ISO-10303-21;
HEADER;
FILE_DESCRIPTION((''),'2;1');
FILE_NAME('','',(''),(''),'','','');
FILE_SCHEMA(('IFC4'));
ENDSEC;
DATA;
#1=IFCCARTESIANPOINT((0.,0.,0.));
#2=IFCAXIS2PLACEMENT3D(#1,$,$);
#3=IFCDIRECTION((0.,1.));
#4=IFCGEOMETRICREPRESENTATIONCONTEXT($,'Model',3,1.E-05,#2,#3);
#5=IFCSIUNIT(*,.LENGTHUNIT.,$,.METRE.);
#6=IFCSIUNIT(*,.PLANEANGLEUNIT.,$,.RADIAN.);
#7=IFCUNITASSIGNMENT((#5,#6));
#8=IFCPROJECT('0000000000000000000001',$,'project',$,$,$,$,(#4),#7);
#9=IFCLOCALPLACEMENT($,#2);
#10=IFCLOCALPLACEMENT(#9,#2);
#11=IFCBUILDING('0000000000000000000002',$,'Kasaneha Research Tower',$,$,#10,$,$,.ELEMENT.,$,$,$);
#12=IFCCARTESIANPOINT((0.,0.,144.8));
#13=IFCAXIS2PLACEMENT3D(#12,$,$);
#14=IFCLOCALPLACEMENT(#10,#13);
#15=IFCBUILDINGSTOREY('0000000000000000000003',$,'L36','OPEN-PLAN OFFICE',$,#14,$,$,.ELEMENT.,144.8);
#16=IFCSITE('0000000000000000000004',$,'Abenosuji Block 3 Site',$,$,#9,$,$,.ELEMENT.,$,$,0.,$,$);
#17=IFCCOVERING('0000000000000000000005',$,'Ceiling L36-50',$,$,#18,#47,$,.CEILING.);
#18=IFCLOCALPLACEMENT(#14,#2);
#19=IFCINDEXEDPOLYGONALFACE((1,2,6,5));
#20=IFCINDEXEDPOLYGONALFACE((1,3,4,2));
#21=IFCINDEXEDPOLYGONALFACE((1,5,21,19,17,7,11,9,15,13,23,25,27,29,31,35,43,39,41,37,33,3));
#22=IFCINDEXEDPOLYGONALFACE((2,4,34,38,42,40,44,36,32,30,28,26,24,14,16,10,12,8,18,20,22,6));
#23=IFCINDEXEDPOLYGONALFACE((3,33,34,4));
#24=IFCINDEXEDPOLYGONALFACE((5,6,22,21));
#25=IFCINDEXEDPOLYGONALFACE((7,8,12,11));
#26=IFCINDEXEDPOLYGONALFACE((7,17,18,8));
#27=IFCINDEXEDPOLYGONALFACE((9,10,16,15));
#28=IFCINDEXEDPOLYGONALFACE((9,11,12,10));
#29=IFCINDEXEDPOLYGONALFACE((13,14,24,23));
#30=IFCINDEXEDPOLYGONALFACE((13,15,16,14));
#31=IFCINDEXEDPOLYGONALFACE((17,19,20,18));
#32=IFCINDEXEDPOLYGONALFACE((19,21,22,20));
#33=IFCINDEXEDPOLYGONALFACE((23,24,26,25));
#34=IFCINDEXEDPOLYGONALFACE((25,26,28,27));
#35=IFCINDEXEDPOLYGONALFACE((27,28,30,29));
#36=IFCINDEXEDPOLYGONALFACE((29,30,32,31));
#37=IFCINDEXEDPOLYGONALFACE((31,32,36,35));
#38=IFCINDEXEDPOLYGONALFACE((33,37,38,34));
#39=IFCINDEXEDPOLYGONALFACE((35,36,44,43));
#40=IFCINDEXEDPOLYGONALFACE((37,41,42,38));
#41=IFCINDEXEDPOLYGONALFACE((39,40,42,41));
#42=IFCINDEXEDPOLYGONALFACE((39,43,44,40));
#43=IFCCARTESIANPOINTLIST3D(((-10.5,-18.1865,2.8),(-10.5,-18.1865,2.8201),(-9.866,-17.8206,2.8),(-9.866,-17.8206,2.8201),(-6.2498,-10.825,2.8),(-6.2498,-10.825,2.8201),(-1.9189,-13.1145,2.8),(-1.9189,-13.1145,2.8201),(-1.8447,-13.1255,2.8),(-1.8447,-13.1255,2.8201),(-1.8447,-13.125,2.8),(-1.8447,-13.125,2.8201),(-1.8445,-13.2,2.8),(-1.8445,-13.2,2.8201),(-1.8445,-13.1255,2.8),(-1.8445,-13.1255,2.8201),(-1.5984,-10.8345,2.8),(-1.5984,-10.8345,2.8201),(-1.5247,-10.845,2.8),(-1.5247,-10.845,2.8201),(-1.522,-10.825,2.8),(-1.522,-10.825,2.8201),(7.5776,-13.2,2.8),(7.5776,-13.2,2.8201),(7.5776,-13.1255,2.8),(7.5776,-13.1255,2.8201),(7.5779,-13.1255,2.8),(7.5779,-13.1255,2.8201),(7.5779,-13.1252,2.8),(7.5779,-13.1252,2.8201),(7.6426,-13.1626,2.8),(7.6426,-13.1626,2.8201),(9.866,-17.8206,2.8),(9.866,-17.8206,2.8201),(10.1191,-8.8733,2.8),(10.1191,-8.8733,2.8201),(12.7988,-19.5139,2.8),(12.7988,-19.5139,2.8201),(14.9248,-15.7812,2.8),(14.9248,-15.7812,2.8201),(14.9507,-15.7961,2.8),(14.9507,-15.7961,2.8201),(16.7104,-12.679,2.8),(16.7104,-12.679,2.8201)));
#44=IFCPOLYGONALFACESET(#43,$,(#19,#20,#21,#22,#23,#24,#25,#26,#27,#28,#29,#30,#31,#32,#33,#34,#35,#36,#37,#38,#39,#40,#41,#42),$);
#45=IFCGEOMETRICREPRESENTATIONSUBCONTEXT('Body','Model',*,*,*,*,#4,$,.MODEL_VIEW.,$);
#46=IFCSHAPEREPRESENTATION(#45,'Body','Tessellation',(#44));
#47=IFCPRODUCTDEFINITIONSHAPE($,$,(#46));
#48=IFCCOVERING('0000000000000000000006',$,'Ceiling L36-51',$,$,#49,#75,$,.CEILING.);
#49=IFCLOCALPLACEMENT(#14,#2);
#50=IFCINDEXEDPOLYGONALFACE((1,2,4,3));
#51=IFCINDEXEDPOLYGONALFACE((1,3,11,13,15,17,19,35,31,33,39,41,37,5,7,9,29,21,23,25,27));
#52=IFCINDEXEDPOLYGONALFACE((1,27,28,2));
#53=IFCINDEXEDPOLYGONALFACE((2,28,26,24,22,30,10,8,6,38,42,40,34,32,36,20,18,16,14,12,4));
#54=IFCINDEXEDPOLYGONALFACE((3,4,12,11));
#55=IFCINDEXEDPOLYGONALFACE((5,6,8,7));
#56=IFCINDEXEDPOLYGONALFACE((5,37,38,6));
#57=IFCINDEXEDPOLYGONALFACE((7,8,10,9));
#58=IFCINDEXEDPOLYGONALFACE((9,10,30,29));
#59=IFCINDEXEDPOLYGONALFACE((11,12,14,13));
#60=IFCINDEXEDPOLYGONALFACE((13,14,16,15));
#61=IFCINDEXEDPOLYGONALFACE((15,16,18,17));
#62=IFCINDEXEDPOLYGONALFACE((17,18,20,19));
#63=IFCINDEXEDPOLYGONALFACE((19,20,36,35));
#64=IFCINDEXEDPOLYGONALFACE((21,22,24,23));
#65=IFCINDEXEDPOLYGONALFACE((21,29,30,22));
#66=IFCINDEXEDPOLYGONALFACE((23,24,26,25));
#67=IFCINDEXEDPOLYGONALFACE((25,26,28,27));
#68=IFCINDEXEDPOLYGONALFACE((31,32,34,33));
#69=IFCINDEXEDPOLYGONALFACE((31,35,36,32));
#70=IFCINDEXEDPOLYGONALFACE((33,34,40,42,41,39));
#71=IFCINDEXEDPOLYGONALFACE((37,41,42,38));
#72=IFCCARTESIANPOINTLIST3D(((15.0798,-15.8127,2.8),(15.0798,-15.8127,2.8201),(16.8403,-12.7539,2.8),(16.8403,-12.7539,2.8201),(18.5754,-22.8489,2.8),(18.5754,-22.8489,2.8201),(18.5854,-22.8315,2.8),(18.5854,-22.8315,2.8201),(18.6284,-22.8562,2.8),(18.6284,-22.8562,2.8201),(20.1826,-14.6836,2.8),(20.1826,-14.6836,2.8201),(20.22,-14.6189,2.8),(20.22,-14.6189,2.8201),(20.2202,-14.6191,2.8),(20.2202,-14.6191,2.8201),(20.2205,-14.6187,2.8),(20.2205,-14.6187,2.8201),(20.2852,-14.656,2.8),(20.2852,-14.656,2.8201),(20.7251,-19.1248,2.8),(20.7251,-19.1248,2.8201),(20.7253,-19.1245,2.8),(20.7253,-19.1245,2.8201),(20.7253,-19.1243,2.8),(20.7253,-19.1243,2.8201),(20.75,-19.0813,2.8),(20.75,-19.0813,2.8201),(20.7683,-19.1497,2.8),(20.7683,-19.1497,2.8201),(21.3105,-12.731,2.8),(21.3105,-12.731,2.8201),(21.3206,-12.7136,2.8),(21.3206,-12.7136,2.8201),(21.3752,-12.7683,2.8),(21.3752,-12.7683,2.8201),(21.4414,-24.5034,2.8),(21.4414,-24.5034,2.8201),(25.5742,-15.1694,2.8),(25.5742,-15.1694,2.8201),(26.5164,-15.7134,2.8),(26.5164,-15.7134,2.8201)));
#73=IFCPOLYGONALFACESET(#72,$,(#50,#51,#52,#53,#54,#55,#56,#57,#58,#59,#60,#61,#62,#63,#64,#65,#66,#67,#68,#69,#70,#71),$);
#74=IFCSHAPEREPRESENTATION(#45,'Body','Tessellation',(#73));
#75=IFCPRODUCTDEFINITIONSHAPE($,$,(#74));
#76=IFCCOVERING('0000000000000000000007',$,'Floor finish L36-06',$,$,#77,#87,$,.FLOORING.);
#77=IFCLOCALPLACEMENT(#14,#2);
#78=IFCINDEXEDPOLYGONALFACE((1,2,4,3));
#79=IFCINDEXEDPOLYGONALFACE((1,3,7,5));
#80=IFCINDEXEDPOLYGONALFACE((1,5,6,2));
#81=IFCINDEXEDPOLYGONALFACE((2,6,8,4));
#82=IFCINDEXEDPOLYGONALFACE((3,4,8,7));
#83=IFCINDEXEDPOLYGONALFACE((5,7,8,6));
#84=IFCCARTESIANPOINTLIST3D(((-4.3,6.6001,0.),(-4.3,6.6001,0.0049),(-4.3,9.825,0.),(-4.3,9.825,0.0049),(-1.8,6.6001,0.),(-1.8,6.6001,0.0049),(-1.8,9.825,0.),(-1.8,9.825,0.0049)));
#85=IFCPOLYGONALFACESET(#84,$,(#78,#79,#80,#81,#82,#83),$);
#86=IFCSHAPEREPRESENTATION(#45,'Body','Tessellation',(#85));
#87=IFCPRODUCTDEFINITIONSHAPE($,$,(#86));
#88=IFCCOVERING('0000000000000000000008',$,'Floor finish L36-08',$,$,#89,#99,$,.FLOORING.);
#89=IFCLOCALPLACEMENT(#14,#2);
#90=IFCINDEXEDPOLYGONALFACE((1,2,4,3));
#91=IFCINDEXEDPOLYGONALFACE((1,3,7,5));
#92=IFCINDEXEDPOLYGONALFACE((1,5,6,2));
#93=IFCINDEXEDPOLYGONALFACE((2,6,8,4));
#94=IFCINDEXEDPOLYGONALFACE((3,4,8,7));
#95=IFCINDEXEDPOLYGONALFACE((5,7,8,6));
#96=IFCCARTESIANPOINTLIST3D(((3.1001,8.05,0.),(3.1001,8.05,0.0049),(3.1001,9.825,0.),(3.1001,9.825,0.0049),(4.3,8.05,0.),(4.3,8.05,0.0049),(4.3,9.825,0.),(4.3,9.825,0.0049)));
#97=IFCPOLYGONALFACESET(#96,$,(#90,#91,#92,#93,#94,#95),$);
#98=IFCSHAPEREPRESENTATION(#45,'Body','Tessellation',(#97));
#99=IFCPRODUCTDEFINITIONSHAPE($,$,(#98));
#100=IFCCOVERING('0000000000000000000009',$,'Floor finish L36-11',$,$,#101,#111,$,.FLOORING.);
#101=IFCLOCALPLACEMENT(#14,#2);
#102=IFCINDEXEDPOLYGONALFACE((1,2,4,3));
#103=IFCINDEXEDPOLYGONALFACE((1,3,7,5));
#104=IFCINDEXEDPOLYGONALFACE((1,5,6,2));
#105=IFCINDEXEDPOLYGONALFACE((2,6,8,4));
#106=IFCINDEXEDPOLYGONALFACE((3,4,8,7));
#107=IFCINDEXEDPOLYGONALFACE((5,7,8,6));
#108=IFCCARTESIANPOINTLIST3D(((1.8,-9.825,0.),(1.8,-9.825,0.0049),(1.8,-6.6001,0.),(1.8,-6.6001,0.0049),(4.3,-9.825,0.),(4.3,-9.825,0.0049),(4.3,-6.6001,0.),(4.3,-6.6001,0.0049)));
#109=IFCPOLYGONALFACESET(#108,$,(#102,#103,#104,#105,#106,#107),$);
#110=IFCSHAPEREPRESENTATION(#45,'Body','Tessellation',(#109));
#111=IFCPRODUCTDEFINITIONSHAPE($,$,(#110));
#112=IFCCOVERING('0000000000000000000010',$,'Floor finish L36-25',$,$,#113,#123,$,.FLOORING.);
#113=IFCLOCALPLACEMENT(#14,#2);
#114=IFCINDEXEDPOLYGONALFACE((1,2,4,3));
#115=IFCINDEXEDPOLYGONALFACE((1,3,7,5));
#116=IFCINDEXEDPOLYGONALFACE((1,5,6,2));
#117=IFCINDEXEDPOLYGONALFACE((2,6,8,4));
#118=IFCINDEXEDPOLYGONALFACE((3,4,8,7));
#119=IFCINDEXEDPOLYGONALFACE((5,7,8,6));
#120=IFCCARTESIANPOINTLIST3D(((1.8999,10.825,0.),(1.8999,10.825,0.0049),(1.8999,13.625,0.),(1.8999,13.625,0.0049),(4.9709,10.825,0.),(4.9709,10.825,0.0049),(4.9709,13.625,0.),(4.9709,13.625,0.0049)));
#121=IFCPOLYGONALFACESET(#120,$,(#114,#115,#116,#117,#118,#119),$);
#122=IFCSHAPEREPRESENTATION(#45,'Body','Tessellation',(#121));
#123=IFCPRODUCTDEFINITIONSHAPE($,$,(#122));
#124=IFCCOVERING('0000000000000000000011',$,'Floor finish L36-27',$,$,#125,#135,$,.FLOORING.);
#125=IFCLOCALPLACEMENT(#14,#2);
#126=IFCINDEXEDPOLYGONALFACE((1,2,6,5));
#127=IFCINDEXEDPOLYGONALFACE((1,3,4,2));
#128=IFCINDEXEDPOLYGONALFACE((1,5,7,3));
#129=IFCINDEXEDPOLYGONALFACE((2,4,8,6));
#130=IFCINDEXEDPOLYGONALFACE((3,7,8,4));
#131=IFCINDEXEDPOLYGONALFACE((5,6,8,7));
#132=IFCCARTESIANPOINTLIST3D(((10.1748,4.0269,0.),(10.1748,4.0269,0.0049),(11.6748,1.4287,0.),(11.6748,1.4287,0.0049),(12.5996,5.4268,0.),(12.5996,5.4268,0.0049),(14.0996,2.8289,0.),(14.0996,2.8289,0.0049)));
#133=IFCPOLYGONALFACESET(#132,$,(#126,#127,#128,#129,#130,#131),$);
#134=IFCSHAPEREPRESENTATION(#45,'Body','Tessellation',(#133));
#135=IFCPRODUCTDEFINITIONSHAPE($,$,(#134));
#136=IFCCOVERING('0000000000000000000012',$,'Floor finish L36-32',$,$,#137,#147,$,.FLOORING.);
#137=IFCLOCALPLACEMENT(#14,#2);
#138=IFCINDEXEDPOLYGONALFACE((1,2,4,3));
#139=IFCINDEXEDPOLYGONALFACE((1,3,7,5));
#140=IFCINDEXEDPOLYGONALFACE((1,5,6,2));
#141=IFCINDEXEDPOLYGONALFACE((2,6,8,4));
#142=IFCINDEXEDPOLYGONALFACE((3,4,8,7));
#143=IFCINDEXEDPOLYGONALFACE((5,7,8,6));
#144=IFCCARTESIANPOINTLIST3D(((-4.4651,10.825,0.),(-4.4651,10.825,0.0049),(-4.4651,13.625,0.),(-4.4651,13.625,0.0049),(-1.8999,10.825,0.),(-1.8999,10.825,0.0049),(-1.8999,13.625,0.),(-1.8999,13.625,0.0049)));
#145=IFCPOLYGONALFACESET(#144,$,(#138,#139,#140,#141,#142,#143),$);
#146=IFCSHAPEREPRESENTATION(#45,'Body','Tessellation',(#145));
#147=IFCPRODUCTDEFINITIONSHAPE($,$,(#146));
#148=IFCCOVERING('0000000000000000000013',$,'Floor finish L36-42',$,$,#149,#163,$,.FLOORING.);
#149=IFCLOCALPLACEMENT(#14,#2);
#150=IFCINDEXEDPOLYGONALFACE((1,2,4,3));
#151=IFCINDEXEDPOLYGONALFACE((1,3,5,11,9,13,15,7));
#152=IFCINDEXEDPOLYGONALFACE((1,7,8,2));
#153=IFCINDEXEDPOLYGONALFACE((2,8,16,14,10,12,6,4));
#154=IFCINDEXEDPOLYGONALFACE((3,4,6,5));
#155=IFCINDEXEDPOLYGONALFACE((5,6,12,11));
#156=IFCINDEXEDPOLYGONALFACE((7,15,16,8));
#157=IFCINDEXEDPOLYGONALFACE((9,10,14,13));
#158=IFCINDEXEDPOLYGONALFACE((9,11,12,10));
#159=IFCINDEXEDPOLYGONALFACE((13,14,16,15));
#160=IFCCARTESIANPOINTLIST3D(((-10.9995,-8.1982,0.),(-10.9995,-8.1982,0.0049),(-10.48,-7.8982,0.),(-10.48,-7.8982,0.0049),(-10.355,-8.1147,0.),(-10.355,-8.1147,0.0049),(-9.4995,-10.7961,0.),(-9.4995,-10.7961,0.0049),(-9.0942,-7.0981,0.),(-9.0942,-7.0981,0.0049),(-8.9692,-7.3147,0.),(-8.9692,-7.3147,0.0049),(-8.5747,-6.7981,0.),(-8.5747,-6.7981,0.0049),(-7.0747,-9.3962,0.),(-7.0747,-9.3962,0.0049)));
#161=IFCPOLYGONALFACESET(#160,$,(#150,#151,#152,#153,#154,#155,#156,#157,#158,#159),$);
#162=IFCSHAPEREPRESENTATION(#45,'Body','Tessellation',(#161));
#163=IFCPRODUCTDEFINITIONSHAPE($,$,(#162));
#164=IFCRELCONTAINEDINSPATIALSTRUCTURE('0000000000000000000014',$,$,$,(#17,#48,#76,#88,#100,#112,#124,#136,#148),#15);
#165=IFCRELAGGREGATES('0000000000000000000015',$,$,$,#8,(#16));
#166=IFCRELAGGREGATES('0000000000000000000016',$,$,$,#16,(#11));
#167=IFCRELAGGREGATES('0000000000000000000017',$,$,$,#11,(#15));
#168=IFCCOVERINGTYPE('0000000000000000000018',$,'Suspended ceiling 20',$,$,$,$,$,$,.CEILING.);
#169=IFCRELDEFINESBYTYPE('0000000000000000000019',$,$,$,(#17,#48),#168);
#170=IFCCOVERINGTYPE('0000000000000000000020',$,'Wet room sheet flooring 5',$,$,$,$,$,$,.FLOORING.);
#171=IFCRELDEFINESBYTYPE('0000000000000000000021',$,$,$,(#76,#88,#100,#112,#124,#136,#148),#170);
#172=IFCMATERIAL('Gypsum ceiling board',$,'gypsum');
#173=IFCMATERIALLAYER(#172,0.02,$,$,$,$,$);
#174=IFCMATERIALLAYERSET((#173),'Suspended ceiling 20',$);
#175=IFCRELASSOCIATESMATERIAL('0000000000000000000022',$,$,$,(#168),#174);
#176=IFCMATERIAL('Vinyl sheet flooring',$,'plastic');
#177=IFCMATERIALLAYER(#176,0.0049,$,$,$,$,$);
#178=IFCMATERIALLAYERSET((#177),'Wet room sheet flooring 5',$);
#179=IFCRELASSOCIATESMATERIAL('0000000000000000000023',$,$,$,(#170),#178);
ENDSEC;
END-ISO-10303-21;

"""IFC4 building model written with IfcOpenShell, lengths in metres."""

from ifc_helpers import new_model, si_unit, direction, frame, origin, place, context, subcontext, project, spatial, polyline, outline, extrude, material, layer, layer_set, type_object, element, save


model = new_model("IFC4")

# Units and contexts
model_context = context("Model", 3, precision=1e-05, world=origin(), true_north=direction((0.0, 1.0)))
body_context = subcontext(model_context, "Body", "Model", "MODEL_VIEW")
ifc_project = project(units=[si_unit("LENGTHUNIT", "METRE"), si_unit("PLANEANGLEUNIT", "RADIAN")], contexts=[model_context])

# Site, building, storey
site_placement = place(None, origin())
site = spatial("IfcSite", under=ifc_project, at=site_placement, Name="Abenosuji Block 3 Site", CompositionType="ELEMENT", RefElevation=0.0)
building_placement = place(site_placement, origin())
building = spatial("IfcBuilding", under=site, at=building_placement, Name="Kasaneha Research Tower", CompositionType="ELEMENT")
storey_placement = place(building_placement, frame((0.0, 0.0, 144.8)))
storey = spatial("IfcBuildingStorey", under=building, at=storey_placement, Name="L36", Description="OPEN-PLAN OFFICE", CompositionType="ELEMENT", Elevation=144.8)

# Coverings
ifc_material_1 = material(Name="Gypsum ceiling board", Category="gypsum")
ifc_layer_1 = layer(ifc_material_1, 0.02)
ifc_layer_set_1 = layer_set([ifc_layer_1], Name="Suspended ceiling 20")
covering_type_1 = type_object("IfcCoveringType", Name="Suspended ceiling 20", PredefinedType="CEILING", material=ifc_layer_set_1)
covering_1_placement = place(storey_placement, frame((0.0, 0.0, 2.8)))
element("IfcCovering", 1, at=covering_1_placement, inside=storey, type_object=covering_type_1, Name="Ceiling L36-50", PredefinedType="CEILING", context=body_context, shape_type="SweptSolid", body=[
    extrude(outline(polyline([(-6.2498, -10.825), (-1.522, -10.825), (-1.5247, -10.845), (-1.5984, -10.8345), (-1.9189, -13.1145), (-1.8447, -13.125), (-1.8447, -13.1255), (-1.8445, -13.1255), (-1.8445, -13.2), (7.5776, -13.2), (7.5776, -13.1255), (7.5779, -13.1255), (7.5779, -13.1252), (7.6426, -13.1626), (10.1191, -8.8733), (16.7104, -12.679), (14.9248, -15.7812), (14.9507, -15.7961), (12.7988, -19.5139), (9.866, -17.8206), (-9.866, -17.8206), (-10.5, -18.1865), (-6.2498, -10.825)])), origin(), (0.0, 0.0, 1.0), 0.02),
])
covering_2_placement = place(storey_placement, frame((0.0, 0.0, 2.8)))
element("IfcCovering", 2, at=covering_2_placement, inside=storey, type_object=covering_type_1, Name="Ceiling L36-51", PredefinedType="CEILING", context=body_context, shape_type="SweptSolid", body=[
    extrude(outline(polyline([(20.2205, -14.6187), (20.2852, -14.656), (21.3752, -12.7683), (21.3105, -12.731), (21.3206, -12.7136), (25.5742, -15.1694), (26.5164, -15.7134), (21.4414, -24.5034), (18.5754, -22.8489), (18.5854, -22.8315), (18.6284, -22.8562), (20.7683, -19.1497), (20.7251, -19.1248), (20.7253, -19.1245), (20.7253, -19.1243), (20.75, -19.0813), (15.0798, -15.8127), (16.8403, -12.7539), (20.1826, -14.6836), (20.22, -14.6189), (20.2202, -14.6191), (20.2205, -14.6187)])), origin(), (0.0, 0.0, 1.0), 0.02),
])
ifc_material_2 = material(Name="Vinyl sheet flooring", Category="plastic")
ifc_layer_2 = layer(ifc_material_2, 0.0049)
ifc_layer_set_2 = layer_set([ifc_layer_2], Name="Wet room sheet flooring 5")
covering_type_2 = type_object("IfcCoveringType", Name="Wet room sheet flooring 5", PredefinedType="FLOORING", material=ifc_layer_set_2)
covering_3_placement = place(storey_placement, origin())
element("IfcCovering", 3, at=covering_3_placement, inside=storey, type_object=covering_type_2, Name="Floor finish L36-06", PredefinedType="FLOORING", context=body_context, shape_type="SweptSolid", body=[
    extrude(outline(polyline([(-1.8, 9.825), (-1.8, 6.6001), (-4.3, 6.6001), (-4.3, 9.825), (-1.8, 9.825)])), origin(), (0.0, 0.0, 1.0), 0.0049),
])
covering_4_placement = place(storey_placement, origin())
element("IfcCovering", 4, at=covering_4_placement, inside=storey, type_object=covering_type_2, Name="Floor finish L36-08", PredefinedType="FLOORING", context=body_context, shape_type="SweptSolid", body=[
    extrude(outline(polyline([(4.3, 8.05), (3.1001, 8.05), (3.1001, 9.825), (4.3, 9.825), (4.3, 8.05)])), origin(), (0.0, 0.0, 1.0), 0.0049),
])
covering_5_placement = place(storey_placement, origin())
element("IfcCovering", 5, at=covering_5_placement, inside=storey, type_object=covering_type_2, Name="Floor finish L36-11", PredefinedType="FLOORING", context=body_context, shape_type="SweptSolid", body=[
    extrude(outline(polyline([(1.8, -9.825), (1.8, -6.6001), (4.3, -6.6001), (4.3, -9.825), (1.8, -9.825)])), origin(), (0.0, 0.0, 1.0), 0.0049),
])
covering_6_placement = place(storey_placement, origin())
element("IfcCovering", 6, at=covering_6_placement, inside=storey, type_object=covering_type_2, Name="Floor finish L36-25", PredefinedType="FLOORING", context=body_context, shape_type="SweptSolid", body=[
    extrude(outline(polyline([(4.9709, 13.625), (4.9709, 10.825), (1.8999, 10.825), (1.8999, 13.625), (4.9709, 13.625)])), origin(), (0.0, 0.0, 1.0), 0.0049),
])
covering_7_placement = place(storey_placement, origin())
element("IfcCovering", 7, at=covering_7_placement, inside=storey, type_object=covering_type_2, Name="Floor finish L36-27", PredefinedType="FLOORING", context=body_context, shape_type="SweptSolid", body=[
    extrude(outline(polyline([(14.0996, 2.8289), (11.6748, 1.4287), (10.1748, 4.0269), (12.5996, 5.4268), (14.0996, 2.8289)])), origin(), (0.0, 0.0, 1.0), 0.0049),
])
covering_8_placement = place(storey_placement, origin())
element("IfcCovering", 8, at=covering_8_placement, inside=storey, type_object=covering_type_2, Name="Floor finish L36-32", PredefinedType="FLOORING", context=body_context, shape_type="SweptSolid", body=[
    extrude(outline(polyline([(-1.8999, 13.625), (-1.8999, 10.825), (-4.4651, 10.825), (-4.4651, 13.625), (-1.8999, 13.625)])), origin(), (0.0, 0.0, 1.0), 0.0049),
])
covering_9_placement = place(storey_placement, origin())
element("IfcCovering", 9, at=covering_9_placement, inside=storey, type_object=covering_type_2, Name="Floor finish L36-42", PredefinedType="FLOORING", context=body_context, shape_type="SweptSolid", body=[
    extrude(outline(polyline([(-10.9995, -8.1982), (-10.48, -7.8982), (-10.355, -8.1147), (-8.9692, -7.3147), (-9.0942, -7.0981), (-8.5747, -6.7981), (-7.0747, -9.3962), (-9.4995, -10.7961), (-10.9995, -8.1982)])), origin(), (0.0, 0.0, 1.0), 0.0049),
])

save(model, "model.ifc")
